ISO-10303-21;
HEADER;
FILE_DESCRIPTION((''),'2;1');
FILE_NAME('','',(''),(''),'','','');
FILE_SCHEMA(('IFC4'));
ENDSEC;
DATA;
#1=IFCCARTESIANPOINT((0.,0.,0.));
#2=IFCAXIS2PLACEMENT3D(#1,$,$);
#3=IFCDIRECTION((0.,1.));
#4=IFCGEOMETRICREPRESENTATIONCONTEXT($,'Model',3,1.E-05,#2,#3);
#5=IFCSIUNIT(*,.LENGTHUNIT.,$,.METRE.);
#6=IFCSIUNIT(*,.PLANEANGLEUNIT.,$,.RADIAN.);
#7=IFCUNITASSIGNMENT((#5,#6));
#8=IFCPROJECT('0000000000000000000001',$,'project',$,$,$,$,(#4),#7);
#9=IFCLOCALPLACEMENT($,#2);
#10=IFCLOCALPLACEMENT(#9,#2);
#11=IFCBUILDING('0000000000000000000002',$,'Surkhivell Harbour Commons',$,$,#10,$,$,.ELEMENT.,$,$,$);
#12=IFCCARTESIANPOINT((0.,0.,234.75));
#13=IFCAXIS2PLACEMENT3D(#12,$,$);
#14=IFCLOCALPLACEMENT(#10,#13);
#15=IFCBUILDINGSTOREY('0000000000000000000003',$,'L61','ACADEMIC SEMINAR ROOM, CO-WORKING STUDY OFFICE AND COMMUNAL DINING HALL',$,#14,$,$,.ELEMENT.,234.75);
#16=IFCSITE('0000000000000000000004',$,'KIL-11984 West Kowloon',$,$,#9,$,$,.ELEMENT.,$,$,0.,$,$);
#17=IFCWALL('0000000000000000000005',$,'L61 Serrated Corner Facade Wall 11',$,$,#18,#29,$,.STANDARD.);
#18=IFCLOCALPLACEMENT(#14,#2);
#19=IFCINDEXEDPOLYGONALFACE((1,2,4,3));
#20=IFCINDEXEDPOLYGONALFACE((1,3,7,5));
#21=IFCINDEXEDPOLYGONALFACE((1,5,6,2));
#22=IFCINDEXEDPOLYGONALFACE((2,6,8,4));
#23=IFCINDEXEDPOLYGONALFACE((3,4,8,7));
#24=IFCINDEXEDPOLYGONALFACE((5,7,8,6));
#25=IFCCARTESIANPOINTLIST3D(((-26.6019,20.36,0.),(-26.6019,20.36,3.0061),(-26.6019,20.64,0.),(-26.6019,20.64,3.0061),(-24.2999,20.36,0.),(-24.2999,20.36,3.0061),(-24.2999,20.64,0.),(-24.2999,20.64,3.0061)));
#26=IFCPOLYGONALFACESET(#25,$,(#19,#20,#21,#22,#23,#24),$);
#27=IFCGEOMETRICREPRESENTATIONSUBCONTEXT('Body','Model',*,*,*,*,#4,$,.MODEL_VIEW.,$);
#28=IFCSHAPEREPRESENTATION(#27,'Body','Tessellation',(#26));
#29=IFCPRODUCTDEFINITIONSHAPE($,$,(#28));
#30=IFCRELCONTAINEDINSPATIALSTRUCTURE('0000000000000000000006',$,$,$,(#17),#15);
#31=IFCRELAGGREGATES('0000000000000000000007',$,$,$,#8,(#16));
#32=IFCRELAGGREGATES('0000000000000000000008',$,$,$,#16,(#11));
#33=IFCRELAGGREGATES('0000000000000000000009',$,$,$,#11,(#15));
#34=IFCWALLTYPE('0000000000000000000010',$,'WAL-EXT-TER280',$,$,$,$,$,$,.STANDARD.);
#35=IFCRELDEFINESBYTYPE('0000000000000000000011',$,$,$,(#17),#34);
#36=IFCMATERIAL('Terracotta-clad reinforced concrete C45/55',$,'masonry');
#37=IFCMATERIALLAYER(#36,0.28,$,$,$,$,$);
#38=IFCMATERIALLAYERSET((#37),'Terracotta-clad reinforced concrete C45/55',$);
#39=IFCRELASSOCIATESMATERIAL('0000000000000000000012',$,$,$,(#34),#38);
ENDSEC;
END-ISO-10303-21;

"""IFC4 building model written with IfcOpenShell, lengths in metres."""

from ifc_helpers import new_model, si_unit, direction, frame, frame_2d, origin, place, context, subcontext, project, spatial, rectangle, extrude, material, layer, layer_set, type_object, element, save


model = new_model("IFC4")

# Units and contexts
model_context = context("Model", 3, precision=1e-05, world=origin(), true_north=direction((0.0, 1.0)))
body_context = subcontext(model_context, "Body", "Model", "MODEL_VIEW")
ifc_project = project(units=[si_unit("LENGTHUNIT", "METRE"), si_unit("PLANEANGLEUNIT", "RADIAN")], contexts=[model_context])

# Site, building, storey
site_placement = place(None, origin())
site = spatial("IfcSite", under=ifc_project, at=site_placement, Name="KIL-11984 West Kowloon", CompositionType="ELEMENT", RefElevation=0.0)
building_placement = place(site_placement, origin())
building = spatial("IfcBuilding", under=site, at=building_placement, Name="Surkhivell Harbour Commons", CompositionType="ELEMENT")
storey_placement = place(building_placement, frame((0.0, 0.0, 234.75)))
storey = spatial("IfcBuildingStorey", under=building, at=storey_placement, Name="L61", Description="ACADEMIC SEMINAR ROOM, CO-WORKING STUDY OFFICE AND COMMUNAL DINING HALL", CompositionType="ELEMENT", Elevation=234.75)

# Shared definitions
ifc_material_1 = material(Name="Terracotta-clad reinforced concrete C45/55", Category="masonry")
ifc_layer_1 = layer(ifc_material_1, 0.28)
ifc_layer_set_1 = layer_set([ifc_layer_1], Name="Terracotta-clad reinforced concrete C45/55")
wall_type = type_object("IfcWallType", Name="WAL-EXT-TER280", PredefinedType="STANDARD", material=ifc_layer_set_1)

# Wall
wall_1_placement = place(storey_placement, frame((-24.3, 20.5, 0.0), z_axis=(0.0, 0.0, 1.0), x_axis=(-1.0, 0.0, 0.0)))
element("IfcWall", 1, at=wall_1_placement, inside=storey, type_object=wall_type, Name="L61 Serrated Corner Facade Wall 11", PredefinedType="STANDARD", context=body_context, shape_type="SweptSolid", body=[
    extrude(rectangle(XDim=2.302, YDim=0.28, at=frame_2d((1.1509, 0.0))), origin(), (0.0, 0.0, 1.0), 3.0061),
])

save(model, "model.ifc")
